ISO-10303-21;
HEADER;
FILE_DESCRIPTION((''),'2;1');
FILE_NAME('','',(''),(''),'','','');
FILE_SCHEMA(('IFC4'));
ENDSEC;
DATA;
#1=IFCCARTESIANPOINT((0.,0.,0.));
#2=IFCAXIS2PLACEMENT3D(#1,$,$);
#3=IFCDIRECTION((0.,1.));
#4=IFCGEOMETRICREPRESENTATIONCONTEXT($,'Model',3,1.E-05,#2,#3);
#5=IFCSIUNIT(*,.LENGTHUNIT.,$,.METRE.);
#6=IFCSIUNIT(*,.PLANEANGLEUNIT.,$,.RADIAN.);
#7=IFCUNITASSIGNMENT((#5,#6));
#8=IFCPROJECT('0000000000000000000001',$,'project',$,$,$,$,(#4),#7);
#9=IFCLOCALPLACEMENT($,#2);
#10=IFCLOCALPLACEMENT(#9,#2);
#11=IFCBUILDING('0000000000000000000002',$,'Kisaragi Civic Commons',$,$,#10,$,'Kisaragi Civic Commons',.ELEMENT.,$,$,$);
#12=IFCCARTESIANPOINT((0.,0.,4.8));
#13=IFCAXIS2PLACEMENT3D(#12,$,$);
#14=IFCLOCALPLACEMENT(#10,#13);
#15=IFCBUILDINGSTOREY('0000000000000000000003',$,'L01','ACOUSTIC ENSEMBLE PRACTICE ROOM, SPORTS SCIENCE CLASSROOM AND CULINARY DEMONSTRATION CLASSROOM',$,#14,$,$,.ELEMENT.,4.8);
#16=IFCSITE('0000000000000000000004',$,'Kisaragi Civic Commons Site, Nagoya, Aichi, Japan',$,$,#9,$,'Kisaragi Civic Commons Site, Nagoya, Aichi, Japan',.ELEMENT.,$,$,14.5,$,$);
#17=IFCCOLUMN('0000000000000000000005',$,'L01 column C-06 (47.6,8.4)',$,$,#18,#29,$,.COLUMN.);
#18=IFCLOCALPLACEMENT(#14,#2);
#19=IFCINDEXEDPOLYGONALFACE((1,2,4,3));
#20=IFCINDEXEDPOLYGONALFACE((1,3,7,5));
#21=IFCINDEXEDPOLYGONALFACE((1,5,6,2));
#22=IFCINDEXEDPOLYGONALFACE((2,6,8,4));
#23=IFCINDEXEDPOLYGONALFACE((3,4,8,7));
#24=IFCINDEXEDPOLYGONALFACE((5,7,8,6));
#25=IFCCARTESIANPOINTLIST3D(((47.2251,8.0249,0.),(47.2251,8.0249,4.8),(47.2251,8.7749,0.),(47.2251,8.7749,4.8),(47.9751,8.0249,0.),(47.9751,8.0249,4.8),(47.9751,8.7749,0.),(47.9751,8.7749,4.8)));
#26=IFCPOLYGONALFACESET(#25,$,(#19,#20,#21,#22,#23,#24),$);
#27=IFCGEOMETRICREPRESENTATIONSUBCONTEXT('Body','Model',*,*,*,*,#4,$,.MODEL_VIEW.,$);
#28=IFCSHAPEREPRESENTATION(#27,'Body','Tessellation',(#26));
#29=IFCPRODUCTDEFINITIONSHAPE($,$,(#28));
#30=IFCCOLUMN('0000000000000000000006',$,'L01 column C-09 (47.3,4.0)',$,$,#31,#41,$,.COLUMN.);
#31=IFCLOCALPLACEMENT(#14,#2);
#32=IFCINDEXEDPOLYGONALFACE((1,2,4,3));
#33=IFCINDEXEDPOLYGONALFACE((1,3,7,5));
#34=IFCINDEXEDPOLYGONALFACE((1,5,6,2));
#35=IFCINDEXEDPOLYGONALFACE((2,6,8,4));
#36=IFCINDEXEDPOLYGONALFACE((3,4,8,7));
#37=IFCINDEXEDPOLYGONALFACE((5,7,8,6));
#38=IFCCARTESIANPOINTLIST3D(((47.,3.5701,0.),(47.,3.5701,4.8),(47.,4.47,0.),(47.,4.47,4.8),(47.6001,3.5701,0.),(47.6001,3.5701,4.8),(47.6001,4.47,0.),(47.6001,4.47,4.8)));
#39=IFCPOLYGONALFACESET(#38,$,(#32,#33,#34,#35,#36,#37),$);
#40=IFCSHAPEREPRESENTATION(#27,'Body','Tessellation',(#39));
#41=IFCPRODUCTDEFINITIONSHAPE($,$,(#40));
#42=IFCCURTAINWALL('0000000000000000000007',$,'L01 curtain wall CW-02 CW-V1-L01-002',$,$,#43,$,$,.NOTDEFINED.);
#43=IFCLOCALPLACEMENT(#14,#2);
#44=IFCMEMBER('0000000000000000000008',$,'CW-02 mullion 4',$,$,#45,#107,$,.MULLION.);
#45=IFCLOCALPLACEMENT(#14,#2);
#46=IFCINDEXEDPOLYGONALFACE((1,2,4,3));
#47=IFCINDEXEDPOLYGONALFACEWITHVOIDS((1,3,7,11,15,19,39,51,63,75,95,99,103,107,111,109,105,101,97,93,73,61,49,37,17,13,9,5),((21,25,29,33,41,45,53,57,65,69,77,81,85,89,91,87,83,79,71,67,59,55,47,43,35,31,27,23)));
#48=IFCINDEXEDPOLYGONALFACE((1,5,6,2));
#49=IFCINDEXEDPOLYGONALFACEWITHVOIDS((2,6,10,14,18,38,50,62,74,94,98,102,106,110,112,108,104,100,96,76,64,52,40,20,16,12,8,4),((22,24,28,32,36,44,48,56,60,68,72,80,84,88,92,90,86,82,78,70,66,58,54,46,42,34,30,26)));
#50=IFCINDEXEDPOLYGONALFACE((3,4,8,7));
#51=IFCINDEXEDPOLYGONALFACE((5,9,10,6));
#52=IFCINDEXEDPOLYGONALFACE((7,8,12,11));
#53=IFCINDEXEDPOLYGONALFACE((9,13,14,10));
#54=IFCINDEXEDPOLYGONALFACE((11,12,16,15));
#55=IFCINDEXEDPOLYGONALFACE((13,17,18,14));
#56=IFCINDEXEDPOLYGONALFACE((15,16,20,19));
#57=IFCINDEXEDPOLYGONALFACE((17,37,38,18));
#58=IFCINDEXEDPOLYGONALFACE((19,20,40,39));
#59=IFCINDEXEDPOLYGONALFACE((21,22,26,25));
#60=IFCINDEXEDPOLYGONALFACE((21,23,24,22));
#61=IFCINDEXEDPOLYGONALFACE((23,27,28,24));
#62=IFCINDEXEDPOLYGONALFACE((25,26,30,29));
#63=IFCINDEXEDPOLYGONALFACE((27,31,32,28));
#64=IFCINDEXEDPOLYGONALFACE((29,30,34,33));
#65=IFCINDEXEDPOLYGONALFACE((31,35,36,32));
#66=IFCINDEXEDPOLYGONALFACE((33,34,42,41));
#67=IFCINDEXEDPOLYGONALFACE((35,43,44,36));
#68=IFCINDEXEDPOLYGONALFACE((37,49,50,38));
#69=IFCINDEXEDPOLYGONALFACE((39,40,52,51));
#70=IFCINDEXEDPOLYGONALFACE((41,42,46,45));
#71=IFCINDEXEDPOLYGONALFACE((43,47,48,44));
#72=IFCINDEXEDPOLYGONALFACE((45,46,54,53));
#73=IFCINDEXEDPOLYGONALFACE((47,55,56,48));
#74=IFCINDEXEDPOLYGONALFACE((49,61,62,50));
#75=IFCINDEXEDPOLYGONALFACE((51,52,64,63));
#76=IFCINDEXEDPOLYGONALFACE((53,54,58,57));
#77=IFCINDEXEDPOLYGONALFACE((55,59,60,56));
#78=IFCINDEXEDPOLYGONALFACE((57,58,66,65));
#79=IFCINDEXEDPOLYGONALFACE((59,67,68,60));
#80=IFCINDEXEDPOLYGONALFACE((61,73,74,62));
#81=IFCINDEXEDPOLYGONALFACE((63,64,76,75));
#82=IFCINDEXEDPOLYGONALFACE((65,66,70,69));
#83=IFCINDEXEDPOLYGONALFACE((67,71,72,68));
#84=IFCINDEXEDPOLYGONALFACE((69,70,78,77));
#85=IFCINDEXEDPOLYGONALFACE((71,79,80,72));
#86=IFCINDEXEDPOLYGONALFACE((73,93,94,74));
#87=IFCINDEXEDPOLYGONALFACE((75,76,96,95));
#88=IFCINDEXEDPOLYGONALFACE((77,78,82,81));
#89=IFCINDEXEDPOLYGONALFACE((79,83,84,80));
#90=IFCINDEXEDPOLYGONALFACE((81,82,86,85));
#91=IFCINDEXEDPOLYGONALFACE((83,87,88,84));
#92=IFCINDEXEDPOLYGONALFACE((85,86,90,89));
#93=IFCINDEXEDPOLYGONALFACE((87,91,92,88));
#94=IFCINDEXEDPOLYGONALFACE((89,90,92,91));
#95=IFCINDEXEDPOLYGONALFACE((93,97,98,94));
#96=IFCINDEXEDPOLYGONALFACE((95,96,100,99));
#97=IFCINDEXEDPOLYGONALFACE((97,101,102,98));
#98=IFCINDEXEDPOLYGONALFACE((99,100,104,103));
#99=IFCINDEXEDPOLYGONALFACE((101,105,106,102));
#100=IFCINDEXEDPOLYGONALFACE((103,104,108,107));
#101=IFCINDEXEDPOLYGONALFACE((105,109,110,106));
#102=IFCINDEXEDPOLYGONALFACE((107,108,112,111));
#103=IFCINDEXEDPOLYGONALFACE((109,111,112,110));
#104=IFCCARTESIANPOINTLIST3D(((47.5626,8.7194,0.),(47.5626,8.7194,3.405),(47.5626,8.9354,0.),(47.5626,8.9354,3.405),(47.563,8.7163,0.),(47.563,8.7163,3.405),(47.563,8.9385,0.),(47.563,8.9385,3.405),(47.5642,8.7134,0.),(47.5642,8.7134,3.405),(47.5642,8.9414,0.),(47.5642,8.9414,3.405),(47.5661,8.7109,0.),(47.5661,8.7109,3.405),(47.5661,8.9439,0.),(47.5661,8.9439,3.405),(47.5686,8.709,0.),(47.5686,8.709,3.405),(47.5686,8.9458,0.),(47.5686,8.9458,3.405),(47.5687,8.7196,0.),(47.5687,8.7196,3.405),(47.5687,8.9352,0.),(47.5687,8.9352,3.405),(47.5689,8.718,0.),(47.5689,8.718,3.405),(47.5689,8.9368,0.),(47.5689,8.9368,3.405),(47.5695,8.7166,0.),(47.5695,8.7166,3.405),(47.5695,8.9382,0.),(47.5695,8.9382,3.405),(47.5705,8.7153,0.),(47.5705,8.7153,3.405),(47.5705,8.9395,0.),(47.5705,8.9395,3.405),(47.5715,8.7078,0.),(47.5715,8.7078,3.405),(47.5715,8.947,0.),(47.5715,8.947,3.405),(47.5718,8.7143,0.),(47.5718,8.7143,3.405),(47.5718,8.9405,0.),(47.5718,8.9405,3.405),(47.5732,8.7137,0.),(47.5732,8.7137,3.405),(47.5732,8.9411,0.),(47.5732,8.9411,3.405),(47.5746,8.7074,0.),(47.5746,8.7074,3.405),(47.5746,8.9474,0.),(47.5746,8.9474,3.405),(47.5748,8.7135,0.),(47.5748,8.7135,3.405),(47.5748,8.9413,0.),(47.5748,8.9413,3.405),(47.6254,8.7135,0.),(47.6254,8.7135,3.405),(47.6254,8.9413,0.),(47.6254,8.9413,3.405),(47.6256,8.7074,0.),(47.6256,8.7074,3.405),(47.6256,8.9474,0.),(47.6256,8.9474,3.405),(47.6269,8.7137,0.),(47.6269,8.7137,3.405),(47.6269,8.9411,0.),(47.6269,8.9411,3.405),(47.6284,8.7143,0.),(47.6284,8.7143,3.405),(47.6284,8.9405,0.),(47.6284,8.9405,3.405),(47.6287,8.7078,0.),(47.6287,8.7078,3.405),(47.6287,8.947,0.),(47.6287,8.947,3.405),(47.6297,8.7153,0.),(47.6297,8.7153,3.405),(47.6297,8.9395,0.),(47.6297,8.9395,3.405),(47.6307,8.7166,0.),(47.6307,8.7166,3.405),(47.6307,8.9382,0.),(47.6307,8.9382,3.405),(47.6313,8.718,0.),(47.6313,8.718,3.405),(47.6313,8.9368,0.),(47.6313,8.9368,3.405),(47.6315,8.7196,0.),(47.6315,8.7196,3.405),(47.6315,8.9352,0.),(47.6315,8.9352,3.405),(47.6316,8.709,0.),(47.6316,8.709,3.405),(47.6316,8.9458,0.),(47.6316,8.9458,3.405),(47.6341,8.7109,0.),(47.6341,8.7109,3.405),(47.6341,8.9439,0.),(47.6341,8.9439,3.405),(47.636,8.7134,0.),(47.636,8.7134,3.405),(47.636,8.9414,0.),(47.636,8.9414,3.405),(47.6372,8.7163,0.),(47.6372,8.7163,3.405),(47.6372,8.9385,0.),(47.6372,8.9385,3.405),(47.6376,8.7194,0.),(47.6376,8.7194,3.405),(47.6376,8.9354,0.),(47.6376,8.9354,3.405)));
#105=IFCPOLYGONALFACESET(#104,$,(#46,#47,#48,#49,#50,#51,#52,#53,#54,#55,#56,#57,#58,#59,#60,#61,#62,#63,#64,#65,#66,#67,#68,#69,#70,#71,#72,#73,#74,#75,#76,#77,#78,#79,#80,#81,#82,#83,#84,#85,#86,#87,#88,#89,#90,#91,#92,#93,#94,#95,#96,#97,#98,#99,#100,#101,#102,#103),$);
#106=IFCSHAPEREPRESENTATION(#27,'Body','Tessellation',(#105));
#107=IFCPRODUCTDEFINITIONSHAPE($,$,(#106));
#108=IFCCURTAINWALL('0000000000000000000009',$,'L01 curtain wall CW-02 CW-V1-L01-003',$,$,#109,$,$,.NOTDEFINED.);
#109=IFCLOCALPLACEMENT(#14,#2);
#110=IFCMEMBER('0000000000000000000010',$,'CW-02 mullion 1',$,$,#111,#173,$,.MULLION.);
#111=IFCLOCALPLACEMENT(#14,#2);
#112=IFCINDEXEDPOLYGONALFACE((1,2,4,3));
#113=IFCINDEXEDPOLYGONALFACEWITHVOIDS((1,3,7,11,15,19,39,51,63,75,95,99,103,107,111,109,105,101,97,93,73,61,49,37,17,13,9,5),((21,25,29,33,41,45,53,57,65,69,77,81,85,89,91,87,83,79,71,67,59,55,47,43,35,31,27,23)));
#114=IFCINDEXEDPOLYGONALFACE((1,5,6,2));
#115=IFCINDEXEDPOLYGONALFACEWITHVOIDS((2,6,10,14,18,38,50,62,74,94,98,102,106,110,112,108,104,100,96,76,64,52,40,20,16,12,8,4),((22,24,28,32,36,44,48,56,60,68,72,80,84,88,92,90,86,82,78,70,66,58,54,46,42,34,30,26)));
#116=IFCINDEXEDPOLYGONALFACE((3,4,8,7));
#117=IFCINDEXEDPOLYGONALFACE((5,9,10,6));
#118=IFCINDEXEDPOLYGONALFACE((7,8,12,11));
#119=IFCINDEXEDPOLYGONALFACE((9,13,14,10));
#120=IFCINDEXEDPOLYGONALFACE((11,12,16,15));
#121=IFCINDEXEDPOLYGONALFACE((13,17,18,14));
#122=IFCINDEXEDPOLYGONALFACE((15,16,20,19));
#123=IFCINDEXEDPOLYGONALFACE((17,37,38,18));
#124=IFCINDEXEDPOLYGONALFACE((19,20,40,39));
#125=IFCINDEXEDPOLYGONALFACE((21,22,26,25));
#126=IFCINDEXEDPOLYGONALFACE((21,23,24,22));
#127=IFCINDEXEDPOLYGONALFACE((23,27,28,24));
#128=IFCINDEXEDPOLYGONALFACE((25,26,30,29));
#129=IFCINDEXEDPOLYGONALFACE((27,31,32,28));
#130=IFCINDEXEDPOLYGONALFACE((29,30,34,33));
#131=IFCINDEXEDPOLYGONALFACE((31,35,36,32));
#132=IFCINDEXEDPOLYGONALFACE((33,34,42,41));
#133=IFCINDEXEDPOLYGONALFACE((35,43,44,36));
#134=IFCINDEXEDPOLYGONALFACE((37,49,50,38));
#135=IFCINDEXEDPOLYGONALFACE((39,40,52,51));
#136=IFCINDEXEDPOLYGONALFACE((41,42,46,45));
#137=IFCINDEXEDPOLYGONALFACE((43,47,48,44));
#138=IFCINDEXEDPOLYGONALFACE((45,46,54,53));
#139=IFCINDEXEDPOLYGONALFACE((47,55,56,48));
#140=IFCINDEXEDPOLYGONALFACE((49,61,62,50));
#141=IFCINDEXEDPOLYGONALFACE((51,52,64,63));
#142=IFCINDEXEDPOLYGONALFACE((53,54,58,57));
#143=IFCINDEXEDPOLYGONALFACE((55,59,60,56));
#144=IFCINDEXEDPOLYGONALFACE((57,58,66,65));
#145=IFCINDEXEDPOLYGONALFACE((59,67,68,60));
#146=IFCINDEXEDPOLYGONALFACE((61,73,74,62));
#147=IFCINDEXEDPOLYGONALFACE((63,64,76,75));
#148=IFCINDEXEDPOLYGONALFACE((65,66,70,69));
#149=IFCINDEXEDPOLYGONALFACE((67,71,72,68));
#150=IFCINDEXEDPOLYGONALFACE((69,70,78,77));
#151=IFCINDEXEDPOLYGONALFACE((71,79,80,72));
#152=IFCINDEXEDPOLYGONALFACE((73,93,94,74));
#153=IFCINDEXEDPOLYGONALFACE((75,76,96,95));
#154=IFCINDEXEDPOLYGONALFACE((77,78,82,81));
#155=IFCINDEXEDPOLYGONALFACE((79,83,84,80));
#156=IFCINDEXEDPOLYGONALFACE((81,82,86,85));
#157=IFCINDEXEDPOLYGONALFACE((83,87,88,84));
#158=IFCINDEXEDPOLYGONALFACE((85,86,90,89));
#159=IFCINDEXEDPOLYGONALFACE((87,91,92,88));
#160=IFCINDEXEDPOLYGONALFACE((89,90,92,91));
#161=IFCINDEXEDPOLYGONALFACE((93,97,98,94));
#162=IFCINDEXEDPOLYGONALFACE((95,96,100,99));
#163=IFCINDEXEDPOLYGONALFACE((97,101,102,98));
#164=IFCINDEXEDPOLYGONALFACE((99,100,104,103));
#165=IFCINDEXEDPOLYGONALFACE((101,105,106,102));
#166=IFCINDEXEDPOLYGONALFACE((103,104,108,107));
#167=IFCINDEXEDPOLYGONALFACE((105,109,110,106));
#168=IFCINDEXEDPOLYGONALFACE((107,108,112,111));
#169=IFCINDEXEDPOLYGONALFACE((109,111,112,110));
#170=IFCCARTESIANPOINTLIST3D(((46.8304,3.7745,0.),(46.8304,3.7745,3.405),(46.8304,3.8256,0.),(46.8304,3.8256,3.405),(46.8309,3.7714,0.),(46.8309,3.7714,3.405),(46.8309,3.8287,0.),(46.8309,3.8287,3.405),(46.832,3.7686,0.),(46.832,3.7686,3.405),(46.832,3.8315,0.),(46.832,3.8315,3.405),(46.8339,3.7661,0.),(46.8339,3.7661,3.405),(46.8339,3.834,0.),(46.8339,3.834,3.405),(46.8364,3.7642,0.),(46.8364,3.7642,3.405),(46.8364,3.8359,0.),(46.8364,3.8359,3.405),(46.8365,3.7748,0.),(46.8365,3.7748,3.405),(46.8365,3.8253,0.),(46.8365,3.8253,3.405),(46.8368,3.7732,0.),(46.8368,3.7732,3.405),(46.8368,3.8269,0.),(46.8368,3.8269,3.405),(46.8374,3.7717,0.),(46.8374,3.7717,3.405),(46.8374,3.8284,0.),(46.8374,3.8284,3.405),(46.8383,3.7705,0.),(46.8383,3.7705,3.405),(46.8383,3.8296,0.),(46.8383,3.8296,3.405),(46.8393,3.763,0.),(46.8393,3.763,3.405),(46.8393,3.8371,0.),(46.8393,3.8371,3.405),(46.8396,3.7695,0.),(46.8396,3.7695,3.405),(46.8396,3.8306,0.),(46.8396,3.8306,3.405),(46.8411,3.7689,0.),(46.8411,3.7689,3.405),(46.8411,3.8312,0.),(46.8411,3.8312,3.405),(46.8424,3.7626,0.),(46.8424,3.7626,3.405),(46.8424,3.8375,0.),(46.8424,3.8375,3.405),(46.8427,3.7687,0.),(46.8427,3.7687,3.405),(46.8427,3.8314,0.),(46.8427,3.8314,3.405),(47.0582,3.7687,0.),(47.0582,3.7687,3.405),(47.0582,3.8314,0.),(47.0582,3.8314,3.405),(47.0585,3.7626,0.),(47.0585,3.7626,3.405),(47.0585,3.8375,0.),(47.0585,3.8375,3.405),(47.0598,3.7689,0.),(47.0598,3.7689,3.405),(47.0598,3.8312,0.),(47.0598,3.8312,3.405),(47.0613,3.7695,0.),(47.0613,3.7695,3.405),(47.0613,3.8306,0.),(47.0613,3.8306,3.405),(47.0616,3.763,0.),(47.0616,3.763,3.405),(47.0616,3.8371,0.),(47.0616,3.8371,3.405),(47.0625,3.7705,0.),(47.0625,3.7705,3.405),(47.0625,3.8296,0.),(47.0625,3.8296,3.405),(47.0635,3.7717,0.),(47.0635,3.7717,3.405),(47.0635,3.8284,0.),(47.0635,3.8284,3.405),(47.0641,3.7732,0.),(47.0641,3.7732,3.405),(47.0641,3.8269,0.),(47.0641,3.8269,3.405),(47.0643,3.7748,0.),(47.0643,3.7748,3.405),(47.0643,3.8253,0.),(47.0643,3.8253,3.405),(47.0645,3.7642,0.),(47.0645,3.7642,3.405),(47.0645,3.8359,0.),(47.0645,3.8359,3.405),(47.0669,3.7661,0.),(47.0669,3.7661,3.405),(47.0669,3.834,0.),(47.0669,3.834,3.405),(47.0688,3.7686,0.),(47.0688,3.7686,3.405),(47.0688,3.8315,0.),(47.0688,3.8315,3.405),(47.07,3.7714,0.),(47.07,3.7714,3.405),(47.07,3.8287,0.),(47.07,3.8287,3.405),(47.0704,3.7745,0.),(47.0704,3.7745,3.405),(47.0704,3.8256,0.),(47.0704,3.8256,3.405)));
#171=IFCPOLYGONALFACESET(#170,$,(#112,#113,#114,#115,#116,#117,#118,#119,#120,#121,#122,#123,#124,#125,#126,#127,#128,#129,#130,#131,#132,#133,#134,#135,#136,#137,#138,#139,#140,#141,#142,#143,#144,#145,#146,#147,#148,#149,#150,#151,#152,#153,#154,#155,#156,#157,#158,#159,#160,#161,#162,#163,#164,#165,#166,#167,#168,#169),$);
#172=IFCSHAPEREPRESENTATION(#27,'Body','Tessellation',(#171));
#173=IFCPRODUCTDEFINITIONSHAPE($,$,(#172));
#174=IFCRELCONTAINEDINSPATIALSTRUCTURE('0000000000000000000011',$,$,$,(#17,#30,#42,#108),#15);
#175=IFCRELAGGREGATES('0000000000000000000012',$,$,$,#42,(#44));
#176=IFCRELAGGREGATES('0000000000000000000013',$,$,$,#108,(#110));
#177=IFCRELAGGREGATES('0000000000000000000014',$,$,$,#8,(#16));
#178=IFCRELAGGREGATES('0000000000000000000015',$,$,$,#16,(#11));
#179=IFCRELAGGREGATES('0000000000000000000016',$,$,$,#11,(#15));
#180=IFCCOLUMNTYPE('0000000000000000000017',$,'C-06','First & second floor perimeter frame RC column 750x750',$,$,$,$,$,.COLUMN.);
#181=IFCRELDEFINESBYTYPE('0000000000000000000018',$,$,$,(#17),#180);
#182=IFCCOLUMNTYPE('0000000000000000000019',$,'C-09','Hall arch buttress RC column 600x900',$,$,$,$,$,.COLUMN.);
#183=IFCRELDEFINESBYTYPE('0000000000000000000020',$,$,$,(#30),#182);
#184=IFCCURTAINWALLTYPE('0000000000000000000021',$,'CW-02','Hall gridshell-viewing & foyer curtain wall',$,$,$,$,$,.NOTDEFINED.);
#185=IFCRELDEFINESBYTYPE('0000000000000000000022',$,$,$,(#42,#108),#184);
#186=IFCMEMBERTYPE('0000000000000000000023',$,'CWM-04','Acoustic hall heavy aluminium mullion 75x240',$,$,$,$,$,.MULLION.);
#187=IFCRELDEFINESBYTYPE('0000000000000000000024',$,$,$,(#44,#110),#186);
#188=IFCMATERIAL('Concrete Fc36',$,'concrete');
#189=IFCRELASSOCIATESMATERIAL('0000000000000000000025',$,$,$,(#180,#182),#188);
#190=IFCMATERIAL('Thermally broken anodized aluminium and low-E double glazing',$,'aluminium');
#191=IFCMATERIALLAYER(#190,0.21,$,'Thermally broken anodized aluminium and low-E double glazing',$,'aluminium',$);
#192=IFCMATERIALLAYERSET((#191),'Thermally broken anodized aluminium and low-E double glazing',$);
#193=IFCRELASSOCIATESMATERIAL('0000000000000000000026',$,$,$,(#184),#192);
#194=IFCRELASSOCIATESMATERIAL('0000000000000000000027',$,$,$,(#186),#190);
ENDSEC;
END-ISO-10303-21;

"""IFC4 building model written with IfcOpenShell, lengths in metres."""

from ifc_helpers import new_model, si_unit, direction, frame, origin, origin_2d, place, context, subcontext, project, spatial, rectangle, hollow_rectangle, extrude, material, layer, layer_set, material_profile, profile_set, type_object, element, aggregate, save


model = new_model("IFC4")

# Units and contexts
model_context = context("Model", 3, precision=1e-05, world=origin(), true_north=direction((0.0, 1.0)))
body_context = subcontext(model_context, "Body", "Model", "MODEL_VIEW")
ifc_project = project(units=[si_unit("LENGTHUNIT", "METRE"), si_unit("PLANEANGLEUNIT", "RADIAN")], contexts=[model_context])

# Site, building, storey
site_placement = place(None, origin())
site = spatial("IfcSite", under=ifc_project, at=site_placement, Name="Kisaragi Civic Commons Site, Nagoya, Aichi, Japan", LongName="Kisaragi Civic Commons Site, Nagoya, Aichi, Japan", CompositionType="ELEMENT", RefElevation=14.5)
building_placement = place(site_placement, origin())
building = spatial("IfcBuilding", under=site, at=building_placement, Name="Kisaragi Civic Commons", LongName="Kisaragi Civic Commons", CompositionType="ELEMENT")
storey_placement = place(building_placement, frame((0.0, 0.0, 4.8)))
storey = spatial("IfcBuildingStorey", under=building, at=storey_placement, Name="L01", Description="ACOUSTIC ENSEMBLE PRACTICE ROOM, SPORTS SCIENCE CLASSROOM AND CULINARY DEMONSTRATION CLASSROOM", CompositionType="ELEMENT", Elevation=4.8)

# Columns
ifc_material_1 = material(Name="Concrete Fc36", Category="concrete")
ifc_material_profile_1 = material_profile(ifc_material_1, rectangle(XDim=0.75, YDim=0.75, at=origin_2d()), Name="RC-750x750", Category="concrete")
ifc_profile_set_1 = profile_set([ifc_material_profile_1], Name="Concrete Fc36")
column_type_1 = type_object("IfcColumnType", Name="C-06", Description="First & second floor perimeter frame RC column 750x750", PredefinedType="COLUMN", material=ifc_profile_set_1)
column_1_placement = place(storey_placement, frame((47.6001, 8.3999, 0.0), z_axis=(0.0, 0.0, 1.0), x_axis=(1.0, 0.0, 0.0)))
element("IfcColumn", 1, at=column_1_placement, inside=storey, type_object=column_type_1, Name="L01 column C-06 (47.6,8.4)", PredefinedType="COLUMN", context=body_context, shape_type="SweptSolid", body=[
    extrude(rectangle(XDim=0.75, YDim=0.75, at=origin_2d()), origin(), (0.0, 0.0, 1.0), 4.8),
])
ifc_material_profile_2 = material_profile(ifc_material_1, rectangle(XDim=0.6001, YDim=0.8999, at=origin_2d()), Name="RC-600x900", Category="concrete")
ifc_profile_set_2 = profile_set([ifc_material_profile_2], Name="Concrete Fc36")
column_type_2 = type_object("IfcColumnType", Name="C-09", Description="Hall arch buttress RC column 600x900", PredefinedType="COLUMN", material=ifc_profile_set_2)
column_2_placement = place(storey_placement, frame((47.3, 4.02, 0.0), z_axis=(0.0, 0.0, 1.0), x_axis=(1.0, 0.0, 0.0)))
element("IfcColumn", 2, at=column_2_placement, inside=storey, type_object=column_type_2, Name="L01 column C-09 (47.3,4.0)", PredefinedType="COLUMN", context=body_context, shape_type="SweptSolid", body=[
    extrude(rectangle(XDim=0.6001, YDim=0.8999, at=origin_2d()), origin(), (0.0, 0.0, 1.0), 4.8),
])

# Curtain wall, member
ifc_material_2 = material(Name="Thermally broken anodized aluminium and low-E double glazing", Category="aluminium")
ifc_layer_1 = layer(ifc_material_2, 0.21, Name="Thermally broken anodized aluminium and low-E double glazing", Category="aluminium")
ifc_layer_set_1 = layer_set([ifc_layer_1], Name="Thermally broken anodized aluminium and low-E double glazing")
curtain_wall_type = type_object("IfcCurtainWallType", Name="CW-02", Description="Hall gridshell-viewing & foyer curtain wall", PredefinedType="NOTDEFINED", material=ifc_layer_set_1)
curtain_wall_1_placement = place(storey_placement, origin())
curtain_wall_1 = element("IfcCurtainWall", 3, at=curtain_wall_1_placement, inside=storey, type_object=curtain_wall_type, Name="L01 curtain wall CW-02 CW-V1-L01-002", PredefinedType="NOTDEFINED")
ifc_material_profile_3 = material_profile(ifc_material_2, hollow_rectangle(XDim=0.075, YDim=0.24, WallThickness=0.0061, InnerFilletRadius=0.0061, OuterFilletRadius=0.012, at=origin_2d()), Name="CWM-75x240x6", Category="aluminium")
ifc_profile_set_3 = profile_set([ifc_material_profile_3], Name="Thermally broken anodized aluminium and low-E double glazing")
member_type_1 = type_object("IfcMemberType", Name="CWM-04", Description="Acoustic hall heavy aluminium mullion 75x240", PredefinedType="MULLION", material=ifc_profile_set_3)
member_1_placement = place(storey_placement, frame((47.6001, 8.8274, 0.0), z_axis=(0.0, 0.0, 1.0), x_axis=(1.0, 0.0, 0.0)))
member_1 = element("IfcMember", 4, at=member_1_placement, type_object=member_type_1, Name="CW-02 mullion 4", PredefinedType="MULLION", context=body_context, shape_type="SweptSolid", body=[
    extrude(hollow_rectangle(XDim=0.075, YDim=0.24, WallThickness=0.0061, InnerFilletRadius=0.0061, OuterFilletRadius=0.012, at=origin_2d()), origin(), (0.0, 0.0, 1.0), 3.405),
])

# Curtain wall, member
curtain_wall_2_placement = place(storey_placement, origin())
curtain_wall_2 = element("IfcCurtainWall", 5, at=curtain_wall_2_placement, inside=storey, type_object=curtain_wall_type, Name="L01 curtain wall CW-02 CW-V1-L01-003", PredefinedType="NOTDEFINED")
member_2_placement = place(storey_placement, frame((46.9504, 3.8, 0.0), z_axis=(0.0, 0.0, 1.0), x_axis=(0.0, -1.0, 0.0)))
member_2 = element("IfcMember", 6, at=member_2_placement, type_object=member_type_1, Name="CW-02 mullion 1", PredefinedType="MULLION", context=body_context, shape_type="SweptSolid", body=[
    extrude(hollow_rectangle(XDim=0.075, YDim=0.24, WallThickness=0.0061, InnerFilletRadius=0.0061, OuterFilletRadius=0.012, at=origin_2d()), origin(), (0.0, 0.0, 1.0), 3.405),
])

aggregate(curtain_wall_1, [member_1])
aggregate(curtain_wall_2, [member_2])

save(model, "model.ifc")
